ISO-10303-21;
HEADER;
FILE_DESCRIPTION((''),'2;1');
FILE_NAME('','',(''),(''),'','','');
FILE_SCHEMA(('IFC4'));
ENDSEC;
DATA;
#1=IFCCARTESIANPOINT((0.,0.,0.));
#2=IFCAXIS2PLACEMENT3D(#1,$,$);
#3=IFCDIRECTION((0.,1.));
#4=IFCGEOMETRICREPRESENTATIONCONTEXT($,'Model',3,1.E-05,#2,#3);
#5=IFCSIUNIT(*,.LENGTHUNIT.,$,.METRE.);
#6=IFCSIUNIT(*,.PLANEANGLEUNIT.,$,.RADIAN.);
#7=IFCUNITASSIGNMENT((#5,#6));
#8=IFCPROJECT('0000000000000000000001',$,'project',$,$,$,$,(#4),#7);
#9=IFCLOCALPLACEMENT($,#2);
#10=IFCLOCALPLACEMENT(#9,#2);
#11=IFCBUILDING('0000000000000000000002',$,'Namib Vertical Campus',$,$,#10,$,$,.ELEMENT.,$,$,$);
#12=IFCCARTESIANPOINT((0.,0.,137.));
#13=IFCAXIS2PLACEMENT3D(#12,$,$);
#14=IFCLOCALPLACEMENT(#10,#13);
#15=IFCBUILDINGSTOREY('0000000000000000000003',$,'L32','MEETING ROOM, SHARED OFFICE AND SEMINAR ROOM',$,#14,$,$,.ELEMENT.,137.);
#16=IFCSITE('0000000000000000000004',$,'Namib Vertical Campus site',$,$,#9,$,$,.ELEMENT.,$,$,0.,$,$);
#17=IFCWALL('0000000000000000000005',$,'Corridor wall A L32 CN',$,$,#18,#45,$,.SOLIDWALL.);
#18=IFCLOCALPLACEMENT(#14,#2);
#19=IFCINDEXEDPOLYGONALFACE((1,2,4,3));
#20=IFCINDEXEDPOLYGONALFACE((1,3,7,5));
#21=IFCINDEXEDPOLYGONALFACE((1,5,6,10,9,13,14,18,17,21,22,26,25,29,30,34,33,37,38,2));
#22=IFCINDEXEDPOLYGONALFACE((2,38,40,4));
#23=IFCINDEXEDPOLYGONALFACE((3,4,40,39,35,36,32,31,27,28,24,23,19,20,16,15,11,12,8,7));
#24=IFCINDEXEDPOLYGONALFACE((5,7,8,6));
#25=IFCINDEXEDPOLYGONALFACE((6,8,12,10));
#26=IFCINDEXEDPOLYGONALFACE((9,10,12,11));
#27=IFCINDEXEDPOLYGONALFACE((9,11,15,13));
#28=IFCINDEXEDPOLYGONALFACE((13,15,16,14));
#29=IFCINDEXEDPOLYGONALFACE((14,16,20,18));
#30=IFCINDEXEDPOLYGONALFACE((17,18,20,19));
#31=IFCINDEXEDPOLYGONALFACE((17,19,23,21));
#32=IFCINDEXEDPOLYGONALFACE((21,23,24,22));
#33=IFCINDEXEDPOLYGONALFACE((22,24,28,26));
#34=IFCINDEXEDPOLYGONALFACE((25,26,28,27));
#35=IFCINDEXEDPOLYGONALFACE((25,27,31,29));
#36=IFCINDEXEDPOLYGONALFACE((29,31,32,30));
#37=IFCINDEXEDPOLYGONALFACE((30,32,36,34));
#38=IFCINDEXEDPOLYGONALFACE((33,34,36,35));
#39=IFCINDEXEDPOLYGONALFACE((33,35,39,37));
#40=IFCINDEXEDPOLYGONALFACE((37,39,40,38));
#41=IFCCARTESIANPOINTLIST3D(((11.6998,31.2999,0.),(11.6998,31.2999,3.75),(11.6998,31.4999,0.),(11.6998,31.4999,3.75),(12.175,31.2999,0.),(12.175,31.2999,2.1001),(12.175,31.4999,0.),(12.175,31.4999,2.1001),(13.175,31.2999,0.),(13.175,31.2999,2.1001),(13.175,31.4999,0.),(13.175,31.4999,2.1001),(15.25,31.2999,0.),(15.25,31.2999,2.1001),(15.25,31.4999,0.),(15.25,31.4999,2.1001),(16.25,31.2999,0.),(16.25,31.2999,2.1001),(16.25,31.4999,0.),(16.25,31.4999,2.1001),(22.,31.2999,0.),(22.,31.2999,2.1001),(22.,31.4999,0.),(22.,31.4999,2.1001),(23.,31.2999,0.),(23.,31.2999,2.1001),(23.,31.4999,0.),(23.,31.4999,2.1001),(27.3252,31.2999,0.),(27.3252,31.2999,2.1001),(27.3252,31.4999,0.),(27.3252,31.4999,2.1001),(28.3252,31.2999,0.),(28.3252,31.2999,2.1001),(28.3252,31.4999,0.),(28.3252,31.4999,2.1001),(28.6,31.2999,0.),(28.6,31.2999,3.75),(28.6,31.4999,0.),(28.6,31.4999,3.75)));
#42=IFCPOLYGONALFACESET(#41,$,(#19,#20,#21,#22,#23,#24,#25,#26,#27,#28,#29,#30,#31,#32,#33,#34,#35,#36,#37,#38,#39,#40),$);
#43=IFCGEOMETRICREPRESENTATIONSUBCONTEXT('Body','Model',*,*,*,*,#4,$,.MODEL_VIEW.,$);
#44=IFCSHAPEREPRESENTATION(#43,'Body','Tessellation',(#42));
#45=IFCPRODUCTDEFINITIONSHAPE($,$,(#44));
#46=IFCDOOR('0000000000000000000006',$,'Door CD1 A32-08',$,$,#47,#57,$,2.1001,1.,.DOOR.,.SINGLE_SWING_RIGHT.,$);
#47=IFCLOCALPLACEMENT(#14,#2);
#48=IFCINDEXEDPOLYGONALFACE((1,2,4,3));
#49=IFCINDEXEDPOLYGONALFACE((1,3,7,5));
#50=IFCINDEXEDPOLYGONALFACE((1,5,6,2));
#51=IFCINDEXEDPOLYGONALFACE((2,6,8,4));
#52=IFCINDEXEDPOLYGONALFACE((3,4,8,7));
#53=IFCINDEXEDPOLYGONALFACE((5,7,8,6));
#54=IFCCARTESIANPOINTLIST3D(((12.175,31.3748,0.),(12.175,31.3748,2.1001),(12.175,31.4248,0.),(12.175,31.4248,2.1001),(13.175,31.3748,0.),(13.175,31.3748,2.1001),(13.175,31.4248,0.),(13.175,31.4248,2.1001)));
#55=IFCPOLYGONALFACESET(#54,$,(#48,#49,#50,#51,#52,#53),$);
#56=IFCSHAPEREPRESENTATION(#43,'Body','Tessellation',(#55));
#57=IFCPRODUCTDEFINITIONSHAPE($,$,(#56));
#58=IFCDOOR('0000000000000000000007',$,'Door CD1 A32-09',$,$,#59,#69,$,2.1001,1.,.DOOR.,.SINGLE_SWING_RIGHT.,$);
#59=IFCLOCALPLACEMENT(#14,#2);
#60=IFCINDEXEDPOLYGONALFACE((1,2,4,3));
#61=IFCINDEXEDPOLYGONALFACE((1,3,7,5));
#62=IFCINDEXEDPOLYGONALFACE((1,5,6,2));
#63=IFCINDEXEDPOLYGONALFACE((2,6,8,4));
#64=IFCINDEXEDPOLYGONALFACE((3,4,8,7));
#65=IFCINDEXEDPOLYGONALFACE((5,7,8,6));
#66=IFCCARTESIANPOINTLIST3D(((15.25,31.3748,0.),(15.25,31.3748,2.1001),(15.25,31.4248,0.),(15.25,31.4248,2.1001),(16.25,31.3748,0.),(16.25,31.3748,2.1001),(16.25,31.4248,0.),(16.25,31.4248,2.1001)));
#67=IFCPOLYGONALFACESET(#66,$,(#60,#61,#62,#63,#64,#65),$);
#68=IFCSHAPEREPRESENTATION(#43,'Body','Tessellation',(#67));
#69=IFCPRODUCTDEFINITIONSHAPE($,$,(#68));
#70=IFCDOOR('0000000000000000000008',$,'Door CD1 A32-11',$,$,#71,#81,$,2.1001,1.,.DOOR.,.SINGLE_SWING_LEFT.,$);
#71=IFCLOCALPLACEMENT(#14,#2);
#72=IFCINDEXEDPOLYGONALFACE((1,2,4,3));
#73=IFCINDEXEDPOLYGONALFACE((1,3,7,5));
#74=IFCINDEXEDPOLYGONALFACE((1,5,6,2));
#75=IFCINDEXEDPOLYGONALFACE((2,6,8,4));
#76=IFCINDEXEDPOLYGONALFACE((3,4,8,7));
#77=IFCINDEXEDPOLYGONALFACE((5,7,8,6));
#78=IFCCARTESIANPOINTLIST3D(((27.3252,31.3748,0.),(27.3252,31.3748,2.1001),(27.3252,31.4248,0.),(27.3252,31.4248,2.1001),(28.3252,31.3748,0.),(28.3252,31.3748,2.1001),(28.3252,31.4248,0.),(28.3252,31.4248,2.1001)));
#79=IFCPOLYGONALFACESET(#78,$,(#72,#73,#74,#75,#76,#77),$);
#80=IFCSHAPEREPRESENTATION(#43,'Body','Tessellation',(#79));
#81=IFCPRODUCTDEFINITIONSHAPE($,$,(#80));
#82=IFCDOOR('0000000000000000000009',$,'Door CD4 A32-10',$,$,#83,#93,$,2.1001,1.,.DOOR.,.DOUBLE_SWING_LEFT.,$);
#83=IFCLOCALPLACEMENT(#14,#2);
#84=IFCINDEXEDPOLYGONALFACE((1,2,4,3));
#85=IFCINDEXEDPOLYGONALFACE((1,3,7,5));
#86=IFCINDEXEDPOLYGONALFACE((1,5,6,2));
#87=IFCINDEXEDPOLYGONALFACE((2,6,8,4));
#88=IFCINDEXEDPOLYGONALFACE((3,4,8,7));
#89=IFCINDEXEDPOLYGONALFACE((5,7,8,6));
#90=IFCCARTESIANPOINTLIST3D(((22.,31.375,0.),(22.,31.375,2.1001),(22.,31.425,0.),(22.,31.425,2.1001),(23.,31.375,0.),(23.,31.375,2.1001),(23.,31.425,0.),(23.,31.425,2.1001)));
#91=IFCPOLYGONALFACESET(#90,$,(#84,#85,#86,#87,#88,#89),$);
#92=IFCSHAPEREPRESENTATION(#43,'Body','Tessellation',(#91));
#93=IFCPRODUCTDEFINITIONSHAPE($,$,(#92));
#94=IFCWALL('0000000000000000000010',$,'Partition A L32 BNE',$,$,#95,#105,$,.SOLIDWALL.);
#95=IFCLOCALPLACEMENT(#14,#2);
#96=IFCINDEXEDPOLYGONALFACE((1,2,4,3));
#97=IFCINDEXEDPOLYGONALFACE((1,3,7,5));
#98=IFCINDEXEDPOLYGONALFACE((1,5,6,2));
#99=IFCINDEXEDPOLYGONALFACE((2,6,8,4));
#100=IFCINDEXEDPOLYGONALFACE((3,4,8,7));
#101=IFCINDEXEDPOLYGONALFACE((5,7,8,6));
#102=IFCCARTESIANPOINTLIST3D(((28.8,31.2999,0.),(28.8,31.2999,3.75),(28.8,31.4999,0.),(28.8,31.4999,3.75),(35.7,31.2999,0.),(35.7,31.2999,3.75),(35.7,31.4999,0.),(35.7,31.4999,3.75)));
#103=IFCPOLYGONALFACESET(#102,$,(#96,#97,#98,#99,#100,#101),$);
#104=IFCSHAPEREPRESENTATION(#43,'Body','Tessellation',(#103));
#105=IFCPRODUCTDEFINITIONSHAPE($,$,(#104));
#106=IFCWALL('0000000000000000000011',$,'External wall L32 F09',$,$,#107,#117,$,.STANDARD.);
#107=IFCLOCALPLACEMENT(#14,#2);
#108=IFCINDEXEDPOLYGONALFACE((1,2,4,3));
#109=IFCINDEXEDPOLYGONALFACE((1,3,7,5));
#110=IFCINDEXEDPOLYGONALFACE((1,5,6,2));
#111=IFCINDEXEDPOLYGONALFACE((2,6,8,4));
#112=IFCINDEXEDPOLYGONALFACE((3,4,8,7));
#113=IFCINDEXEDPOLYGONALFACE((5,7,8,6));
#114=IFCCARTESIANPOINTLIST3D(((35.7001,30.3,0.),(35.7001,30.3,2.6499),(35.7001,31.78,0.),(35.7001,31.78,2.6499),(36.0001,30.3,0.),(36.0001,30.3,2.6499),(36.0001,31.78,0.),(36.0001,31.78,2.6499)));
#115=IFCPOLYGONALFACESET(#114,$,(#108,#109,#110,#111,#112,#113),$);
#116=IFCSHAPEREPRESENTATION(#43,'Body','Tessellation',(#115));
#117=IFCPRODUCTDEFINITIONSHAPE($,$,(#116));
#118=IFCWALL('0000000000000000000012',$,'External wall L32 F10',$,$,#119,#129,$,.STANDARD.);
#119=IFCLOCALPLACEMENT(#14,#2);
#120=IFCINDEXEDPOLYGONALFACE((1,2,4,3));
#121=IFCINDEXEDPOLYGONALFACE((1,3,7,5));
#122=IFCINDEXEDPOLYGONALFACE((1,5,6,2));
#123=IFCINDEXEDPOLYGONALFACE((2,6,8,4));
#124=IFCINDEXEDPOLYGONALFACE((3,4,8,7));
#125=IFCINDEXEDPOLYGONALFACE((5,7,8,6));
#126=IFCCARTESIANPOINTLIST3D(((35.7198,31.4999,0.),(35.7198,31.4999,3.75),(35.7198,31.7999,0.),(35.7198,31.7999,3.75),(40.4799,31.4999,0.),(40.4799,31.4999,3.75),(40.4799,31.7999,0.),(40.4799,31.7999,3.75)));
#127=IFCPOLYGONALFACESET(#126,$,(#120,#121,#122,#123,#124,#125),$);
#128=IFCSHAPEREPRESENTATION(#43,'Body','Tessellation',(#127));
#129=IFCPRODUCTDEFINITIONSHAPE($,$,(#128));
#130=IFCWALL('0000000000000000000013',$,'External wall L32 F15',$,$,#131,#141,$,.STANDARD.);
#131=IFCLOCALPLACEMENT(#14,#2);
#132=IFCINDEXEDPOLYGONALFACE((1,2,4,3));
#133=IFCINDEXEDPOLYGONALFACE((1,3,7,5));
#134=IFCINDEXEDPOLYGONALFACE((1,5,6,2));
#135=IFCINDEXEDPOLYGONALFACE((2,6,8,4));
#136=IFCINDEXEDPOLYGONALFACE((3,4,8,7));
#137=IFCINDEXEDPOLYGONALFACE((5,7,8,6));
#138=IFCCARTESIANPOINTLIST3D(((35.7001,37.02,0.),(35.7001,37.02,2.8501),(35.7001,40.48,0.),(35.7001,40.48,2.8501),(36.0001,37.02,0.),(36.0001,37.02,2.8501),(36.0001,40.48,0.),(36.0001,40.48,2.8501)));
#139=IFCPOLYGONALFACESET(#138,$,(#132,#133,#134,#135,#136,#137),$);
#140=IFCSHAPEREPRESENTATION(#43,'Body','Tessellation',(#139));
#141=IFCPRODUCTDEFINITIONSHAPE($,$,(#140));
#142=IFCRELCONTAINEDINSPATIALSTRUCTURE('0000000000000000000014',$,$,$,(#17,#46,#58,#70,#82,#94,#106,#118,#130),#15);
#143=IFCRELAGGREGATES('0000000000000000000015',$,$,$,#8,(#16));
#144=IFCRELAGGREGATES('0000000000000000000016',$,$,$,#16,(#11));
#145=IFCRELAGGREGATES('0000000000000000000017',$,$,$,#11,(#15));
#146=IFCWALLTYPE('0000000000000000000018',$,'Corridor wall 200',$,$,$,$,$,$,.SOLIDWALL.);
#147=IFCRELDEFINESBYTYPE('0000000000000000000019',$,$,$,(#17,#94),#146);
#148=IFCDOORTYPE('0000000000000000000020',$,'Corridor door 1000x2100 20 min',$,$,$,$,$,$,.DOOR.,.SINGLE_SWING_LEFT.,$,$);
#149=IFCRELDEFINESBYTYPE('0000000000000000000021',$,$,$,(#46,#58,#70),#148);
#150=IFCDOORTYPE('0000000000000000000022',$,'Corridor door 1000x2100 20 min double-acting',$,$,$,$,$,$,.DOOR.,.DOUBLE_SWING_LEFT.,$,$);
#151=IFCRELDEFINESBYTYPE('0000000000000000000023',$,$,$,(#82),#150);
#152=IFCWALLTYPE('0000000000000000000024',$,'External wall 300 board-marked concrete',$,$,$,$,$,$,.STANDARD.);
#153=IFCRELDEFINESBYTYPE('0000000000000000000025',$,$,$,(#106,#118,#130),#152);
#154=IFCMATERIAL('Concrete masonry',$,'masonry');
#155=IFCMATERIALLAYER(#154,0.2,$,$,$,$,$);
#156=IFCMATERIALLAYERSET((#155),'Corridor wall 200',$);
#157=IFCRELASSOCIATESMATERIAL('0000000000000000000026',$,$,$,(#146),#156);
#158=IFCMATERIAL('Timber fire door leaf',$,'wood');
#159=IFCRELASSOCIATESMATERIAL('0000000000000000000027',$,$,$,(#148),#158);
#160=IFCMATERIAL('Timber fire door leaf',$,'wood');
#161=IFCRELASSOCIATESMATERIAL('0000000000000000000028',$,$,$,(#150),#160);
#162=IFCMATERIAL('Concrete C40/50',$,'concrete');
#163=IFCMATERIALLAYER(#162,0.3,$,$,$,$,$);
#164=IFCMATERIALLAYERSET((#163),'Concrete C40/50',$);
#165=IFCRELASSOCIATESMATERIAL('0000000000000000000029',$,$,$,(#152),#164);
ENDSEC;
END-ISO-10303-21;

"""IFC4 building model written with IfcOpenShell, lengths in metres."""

from ifc_helpers import new_model, si_unit, direction, frame, frame_2d, origin, place, context, subcontext, project, spatial, rectangle, extrude, material, layer, layer_set, type_object, element, fill, save


model = new_model("IFC4")

# Units and contexts
model_context = context("Model", 3, precision=1e-05, world=origin(), true_north=direction((0.0, 1.0)))
body_context = subcontext(model_context, "Body", "Model", "MODEL_VIEW")
ifc_project = project(units=[si_unit("LENGTHUNIT", "METRE"), si_unit("PLANEANGLEUNIT", "RADIAN")], contexts=[model_context])

# Site, building, storey
site_placement = place(None, origin())
site = spatial("IfcSite", under=ifc_project, at=site_placement, Name="Namib Vertical Campus site", CompositionType="ELEMENT", RefElevation=0.0)
building_placement = place(site_placement, origin())
building = spatial("IfcBuilding", under=site, at=building_placement, Name="Namib Vertical Campus", CompositionType="ELEMENT")
storey_placement = place(building_placement, frame((0.0, 0.0, 137.0)))
storey = spatial("IfcBuildingStorey", under=building, at=storey_placement, Name="L32", Description="MEETING ROOM, SHARED OFFICE AND SEMINAR ROOM", CompositionType="ELEMENT", Elevation=137.0)

# Wall, openings, doors
ifc_material_1 = material(Name="Concrete masonry", Category="masonry")
ifc_layer_1 = layer(ifc_material_1, 0.2)
ifc_layer_set_1 = layer_set([ifc_layer_1], Name="Corridor wall 200")
wall_type_1 = type_object("IfcWallType", Name="Corridor wall 200", PredefinedType="SOLIDWALL", material=ifc_layer_set_1)
wall_1_placement = place(storey_placement, frame((28.6001, 31.3999, 0.0), z_axis=(0.0, 0.0, 1.0), x_axis=(-1.0, 0.0, 0.0)))
wall_1 = element("IfcWall", 1, at=wall_1_placement, inside=storey, type_object=wall_type_1, Name="Corridor wall A L32 CN", PredefinedType="SOLIDWALL", context=body_context, shape_type="SweptSolid", body=[
    extrude(rectangle(XDim=16.9001, YDim=0.2, at=frame_2d((8.4502, 0.0))), origin(), (0.0, 0.0, 1.0), 3.75),
])
opening_1_placement = place(wall_1_placement, frame((15.425, 0.0, 0.0)))
opening_1 = element("IfcOpeningElement", 2, at=opening_1_placement, cuts=wall_1, PredefinedType="OPENING", context=body_context, shape_type="SweptSolid", body=[
    extrude(rectangle(XDim=1.0, YDim=2.1001, at=frame_2d((0.5, 1.05))), frame((0.0, 0.1099, 0.0), z_axis=(0.0, -1.0, 0.0), x_axis=(1.0, 0.0, 0.0)), (0.0, 0.0, 1.0), 0.22),
])
opening_2_placement = place(wall_1_placement, frame((12.3501, 0.0, 0.0)))
opening_2 = element("IfcOpeningElement", 3, at=opening_2_placement, cuts=wall_1, PredefinedType="OPENING", context=body_context, shape_type="SweptSolid", body=[
    extrude(rectangle(XDim=1.0, YDim=2.1001, at=frame_2d((0.5, 1.05))), frame((0.0, 0.1099, 0.0), z_axis=(0.0, -1.0, 0.0), x_axis=(1.0, 0.0, 0.0)), (0.0, 0.0, 1.0), 0.22),
])
opening_3_placement = place(wall_1_placement, frame((5.6001, 0.0, 0.0)))
opening_3 = element("IfcOpeningElement", 4, at=opening_3_placement, cuts=wall_1, PredefinedType="OPENING", context=body_context, shape_type="SweptSolid", body=[
    extrude(rectangle(XDim=1.0, YDim=2.1001, at=frame_2d((0.5, 1.05))), frame((0.0, 0.1099, 0.0), z_axis=(0.0, -1.0, 0.0), x_axis=(1.0, 0.0, 0.0)), (0.0, 0.0, 1.0), 0.22),
])
opening_4_placement = place(wall_1_placement, frame((0.2749, 0.0, 0.0)))
opening_4 = element("IfcOpeningElement", 5, at=opening_4_placement, cuts=wall_1, PredefinedType="OPENING", context=body_context, shape_type="SweptSolid", body=[
    extrude(rectangle(XDim=1.0, YDim=2.1001, at=frame_2d((0.5, 1.05))), frame((0.0, 0.1099, 0.0), z_axis=(0.0, -1.0, 0.0), x_axis=(1.0, 0.0, 0.0)), (0.0, 0.0, 1.0), 0.22),
])
ifc_material_2 = material(Name="Timber fire door leaf", Category="wood")
door_type_1 = type_object("IfcDoorType", Name="Corridor door 1000x2100 20 min", OperationType="SINGLE_SWING_LEFT", PredefinedType="DOOR", material=ifc_material_2)
door_1_placement = place(opening_1_placement, frame((1.0, 0.0, 0.0), z_axis=(0.0, 0.0, 1.0), x_axis=(-1.0, 0.0, 0.0)))
door_1 = element("IfcDoor", 6, at=door_1_placement, inside=storey, type_object=door_type_1, Name="Door CD1 A32-08", OperationType="SINGLE_SWING_RIGHT", OverallHeight=2.1001, OverallWidth=1.0, PredefinedType="DOOR", context=body_context, shape_type="SweptSolid", body=[
    extrude(rectangle(XDim=1.0, YDim=2.1001, at=frame_2d((0.5, 1.05))), frame((0.0, 0.0249, 0.0), z_axis=(0.0, -1.0, 0.0), x_axis=(1.0, 0.0, 0.0)), (0.0, 0.0, 1.0), 0.05),
])
fill(opening_1, door_1)
door_2_placement = place(opening_2_placement, frame((1.0, 0.0, 0.0), z_axis=(0.0, 0.0, 1.0), x_axis=(-1.0, 0.0, 0.0)))
door_2 = element("IfcDoor", 7, at=door_2_placement, inside=storey, type_object=door_type_1, Name="Door CD1 A32-09", OperationType="SINGLE_SWING_RIGHT", OverallHeight=2.1001, OverallWidth=1.0, PredefinedType="DOOR", context=body_context, shape_type="SweptSolid", body=[
    extrude(rectangle(XDim=1.0, YDim=2.1001, at=frame_2d((0.5, 1.05))), frame((0.0, 0.0249, 0.0), z_axis=(0.0, -1.0, 0.0), x_axis=(1.0, 0.0, 0.0)), (0.0, 0.0, 1.0), 0.05),
])
fill(opening_2, door_2)
door_3_placement = place(opening_4_placement, frame((1.0, 0.0, 0.0), z_axis=(0.0, 0.0, 1.0), x_axis=(-1.0, 0.0, 0.0)))
door_3 = element("IfcDoor", 8, at=door_3_placement, inside=storey, type_object=door_type_1, Name="Door CD1 A32-11", OperationType="SINGLE_SWING_LEFT", OverallHeight=2.1001, OverallWidth=1.0, PredefinedType="DOOR", context=body_context, shape_type="SweptSolid", body=[
    extrude(rectangle(XDim=1.0, YDim=2.1001, at=frame_2d((0.5, 1.05))), frame((0.0, 0.0249, 0.0), z_axis=(0.0, -1.0, 0.0), x_axis=(1.0, 0.0, 0.0)), (0.0, 0.0, 1.0), 0.05),
])
fill(opening_4, door_3)
ifc_material_3 = material(Name="Timber fire door leaf", Category="wood")
door_type_2 = type_object("IfcDoorType", Name="Corridor door 1000x2100 20 min double-acting", OperationType="DOUBLE_SWING_LEFT", PredefinedType="DOOR", material=ifc_material_3)
door_4_placement = place(opening_3_placement, origin())
door_4 = element("IfcDoor", 9, at=door_4_placement, inside=storey, type_object=door_type_2, Name="Door CD4 A32-10", OperationType="DOUBLE_SWING_LEFT", OverallHeight=2.1001, OverallWidth=1.0, PredefinedType="DOOR", context=body_context, shape_type="SweptSolid", body=[
    extrude(rectangle(XDim=1.0, YDim=2.1001, at=frame_2d((0.5, 1.05))), frame((0.0, 0.0249, 0.0), z_axis=(0.0, -1.0, 0.0), x_axis=(1.0, 0.0, 0.0)), (0.0, 0.0, 1.0), 0.05),
])
fill(opening_3, door_4)

# Walls
wall_2_placement = place(storey_placement, frame((28.8, 31.3999, 0.0), z_axis=(0.0, 0.0, 1.0), x_axis=(1.0, 0.0, 0.0)))
element("IfcWall", 10, at=wall_2_placement, inside=storey, type_object=wall_type_1, Name="Partition A L32 BNE", PredefinedType="SOLIDWALL", context=body_context, shape_type="SweptSolid", body=[
    extrude(rectangle(XDim=6.8999, YDim=0.2, at=frame_2d((3.45, 0.0))), origin(), (0.0, 0.0, 1.0), 3.75),
])
ifc_material_4 = material(Name="Concrete C40/50", Category="concrete")
ifc_layer_2 = layer(ifc_material_4, 0.3)
ifc_layer_set_2 = layer_set([ifc_layer_2], Name="Concrete C40/50")
wall_type_2 = type_object("IfcWallType", Name="External wall 300 board-marked concrete", PredefinedType="STANDARD", material=ifc_layer_set_2)
wall_3_placement = place(storey_placement, frame((35.8501, 30.3, 0.0), z_axis=(0.0, 0.0, 1.0), x_axis=(0.0, 1.0, 0.0)))
element("IfcWall", 11, at=wall_3_placement, inside=storey, type_object=wall_type_2, Name="External wall L32 F09", PredefinedType="STANDARD", context=body_context, shape_type="SweptSolid", body=[
    extrude(rectangle(XDim=1.48, YDim=0.3, at=frame_2d((0.74, 0.0))), origin(), (0.0, 0.0, 1.0), 2.6499),
])
wall_4_placement = place(storey_placement, frame((35.72, 31.6499, 0.0), z_axis=(0.0, 0.0, 1.0), x_axis=(1.0, 0.0, 0.0)))
element("IfcWall", 12, at=wall_4_placement, inside=storey, type_object=wall_type_2, Name="External wall L32 F10", PredefinedType="STANDARD", context=body_context, shape_type="SweptSolid", body=[
    extrude(rectangle(XDim=4.76, YDim=0.3, at=frame_2d((2.3799, 0.0))), origin(), (0.0, 0.0, 1.0), 3.75),
])
wall_5_placement = place(storey_placement, frame((35.8501, 37.02, 0.0), z_axis=(0.0, 0.0, 1.0), x_axis=(0.0, 1.0, 0.0)))
element("IfcWall", 13, at=wall_5_placement, inside=storey, type_object=wall_type_2, Name="External wall L32 F15", PredefinedType="STANDARD", context=body_context, shape_type="SweptSolid", body=[
    extrude(rectangle(XDim=3.46, YDim=0.3, at=frame_2d((1.73, 0.0))), origin(), (0.0, 0.0, 1.0), 2.8501),
])

save(model, "model.ifc")
